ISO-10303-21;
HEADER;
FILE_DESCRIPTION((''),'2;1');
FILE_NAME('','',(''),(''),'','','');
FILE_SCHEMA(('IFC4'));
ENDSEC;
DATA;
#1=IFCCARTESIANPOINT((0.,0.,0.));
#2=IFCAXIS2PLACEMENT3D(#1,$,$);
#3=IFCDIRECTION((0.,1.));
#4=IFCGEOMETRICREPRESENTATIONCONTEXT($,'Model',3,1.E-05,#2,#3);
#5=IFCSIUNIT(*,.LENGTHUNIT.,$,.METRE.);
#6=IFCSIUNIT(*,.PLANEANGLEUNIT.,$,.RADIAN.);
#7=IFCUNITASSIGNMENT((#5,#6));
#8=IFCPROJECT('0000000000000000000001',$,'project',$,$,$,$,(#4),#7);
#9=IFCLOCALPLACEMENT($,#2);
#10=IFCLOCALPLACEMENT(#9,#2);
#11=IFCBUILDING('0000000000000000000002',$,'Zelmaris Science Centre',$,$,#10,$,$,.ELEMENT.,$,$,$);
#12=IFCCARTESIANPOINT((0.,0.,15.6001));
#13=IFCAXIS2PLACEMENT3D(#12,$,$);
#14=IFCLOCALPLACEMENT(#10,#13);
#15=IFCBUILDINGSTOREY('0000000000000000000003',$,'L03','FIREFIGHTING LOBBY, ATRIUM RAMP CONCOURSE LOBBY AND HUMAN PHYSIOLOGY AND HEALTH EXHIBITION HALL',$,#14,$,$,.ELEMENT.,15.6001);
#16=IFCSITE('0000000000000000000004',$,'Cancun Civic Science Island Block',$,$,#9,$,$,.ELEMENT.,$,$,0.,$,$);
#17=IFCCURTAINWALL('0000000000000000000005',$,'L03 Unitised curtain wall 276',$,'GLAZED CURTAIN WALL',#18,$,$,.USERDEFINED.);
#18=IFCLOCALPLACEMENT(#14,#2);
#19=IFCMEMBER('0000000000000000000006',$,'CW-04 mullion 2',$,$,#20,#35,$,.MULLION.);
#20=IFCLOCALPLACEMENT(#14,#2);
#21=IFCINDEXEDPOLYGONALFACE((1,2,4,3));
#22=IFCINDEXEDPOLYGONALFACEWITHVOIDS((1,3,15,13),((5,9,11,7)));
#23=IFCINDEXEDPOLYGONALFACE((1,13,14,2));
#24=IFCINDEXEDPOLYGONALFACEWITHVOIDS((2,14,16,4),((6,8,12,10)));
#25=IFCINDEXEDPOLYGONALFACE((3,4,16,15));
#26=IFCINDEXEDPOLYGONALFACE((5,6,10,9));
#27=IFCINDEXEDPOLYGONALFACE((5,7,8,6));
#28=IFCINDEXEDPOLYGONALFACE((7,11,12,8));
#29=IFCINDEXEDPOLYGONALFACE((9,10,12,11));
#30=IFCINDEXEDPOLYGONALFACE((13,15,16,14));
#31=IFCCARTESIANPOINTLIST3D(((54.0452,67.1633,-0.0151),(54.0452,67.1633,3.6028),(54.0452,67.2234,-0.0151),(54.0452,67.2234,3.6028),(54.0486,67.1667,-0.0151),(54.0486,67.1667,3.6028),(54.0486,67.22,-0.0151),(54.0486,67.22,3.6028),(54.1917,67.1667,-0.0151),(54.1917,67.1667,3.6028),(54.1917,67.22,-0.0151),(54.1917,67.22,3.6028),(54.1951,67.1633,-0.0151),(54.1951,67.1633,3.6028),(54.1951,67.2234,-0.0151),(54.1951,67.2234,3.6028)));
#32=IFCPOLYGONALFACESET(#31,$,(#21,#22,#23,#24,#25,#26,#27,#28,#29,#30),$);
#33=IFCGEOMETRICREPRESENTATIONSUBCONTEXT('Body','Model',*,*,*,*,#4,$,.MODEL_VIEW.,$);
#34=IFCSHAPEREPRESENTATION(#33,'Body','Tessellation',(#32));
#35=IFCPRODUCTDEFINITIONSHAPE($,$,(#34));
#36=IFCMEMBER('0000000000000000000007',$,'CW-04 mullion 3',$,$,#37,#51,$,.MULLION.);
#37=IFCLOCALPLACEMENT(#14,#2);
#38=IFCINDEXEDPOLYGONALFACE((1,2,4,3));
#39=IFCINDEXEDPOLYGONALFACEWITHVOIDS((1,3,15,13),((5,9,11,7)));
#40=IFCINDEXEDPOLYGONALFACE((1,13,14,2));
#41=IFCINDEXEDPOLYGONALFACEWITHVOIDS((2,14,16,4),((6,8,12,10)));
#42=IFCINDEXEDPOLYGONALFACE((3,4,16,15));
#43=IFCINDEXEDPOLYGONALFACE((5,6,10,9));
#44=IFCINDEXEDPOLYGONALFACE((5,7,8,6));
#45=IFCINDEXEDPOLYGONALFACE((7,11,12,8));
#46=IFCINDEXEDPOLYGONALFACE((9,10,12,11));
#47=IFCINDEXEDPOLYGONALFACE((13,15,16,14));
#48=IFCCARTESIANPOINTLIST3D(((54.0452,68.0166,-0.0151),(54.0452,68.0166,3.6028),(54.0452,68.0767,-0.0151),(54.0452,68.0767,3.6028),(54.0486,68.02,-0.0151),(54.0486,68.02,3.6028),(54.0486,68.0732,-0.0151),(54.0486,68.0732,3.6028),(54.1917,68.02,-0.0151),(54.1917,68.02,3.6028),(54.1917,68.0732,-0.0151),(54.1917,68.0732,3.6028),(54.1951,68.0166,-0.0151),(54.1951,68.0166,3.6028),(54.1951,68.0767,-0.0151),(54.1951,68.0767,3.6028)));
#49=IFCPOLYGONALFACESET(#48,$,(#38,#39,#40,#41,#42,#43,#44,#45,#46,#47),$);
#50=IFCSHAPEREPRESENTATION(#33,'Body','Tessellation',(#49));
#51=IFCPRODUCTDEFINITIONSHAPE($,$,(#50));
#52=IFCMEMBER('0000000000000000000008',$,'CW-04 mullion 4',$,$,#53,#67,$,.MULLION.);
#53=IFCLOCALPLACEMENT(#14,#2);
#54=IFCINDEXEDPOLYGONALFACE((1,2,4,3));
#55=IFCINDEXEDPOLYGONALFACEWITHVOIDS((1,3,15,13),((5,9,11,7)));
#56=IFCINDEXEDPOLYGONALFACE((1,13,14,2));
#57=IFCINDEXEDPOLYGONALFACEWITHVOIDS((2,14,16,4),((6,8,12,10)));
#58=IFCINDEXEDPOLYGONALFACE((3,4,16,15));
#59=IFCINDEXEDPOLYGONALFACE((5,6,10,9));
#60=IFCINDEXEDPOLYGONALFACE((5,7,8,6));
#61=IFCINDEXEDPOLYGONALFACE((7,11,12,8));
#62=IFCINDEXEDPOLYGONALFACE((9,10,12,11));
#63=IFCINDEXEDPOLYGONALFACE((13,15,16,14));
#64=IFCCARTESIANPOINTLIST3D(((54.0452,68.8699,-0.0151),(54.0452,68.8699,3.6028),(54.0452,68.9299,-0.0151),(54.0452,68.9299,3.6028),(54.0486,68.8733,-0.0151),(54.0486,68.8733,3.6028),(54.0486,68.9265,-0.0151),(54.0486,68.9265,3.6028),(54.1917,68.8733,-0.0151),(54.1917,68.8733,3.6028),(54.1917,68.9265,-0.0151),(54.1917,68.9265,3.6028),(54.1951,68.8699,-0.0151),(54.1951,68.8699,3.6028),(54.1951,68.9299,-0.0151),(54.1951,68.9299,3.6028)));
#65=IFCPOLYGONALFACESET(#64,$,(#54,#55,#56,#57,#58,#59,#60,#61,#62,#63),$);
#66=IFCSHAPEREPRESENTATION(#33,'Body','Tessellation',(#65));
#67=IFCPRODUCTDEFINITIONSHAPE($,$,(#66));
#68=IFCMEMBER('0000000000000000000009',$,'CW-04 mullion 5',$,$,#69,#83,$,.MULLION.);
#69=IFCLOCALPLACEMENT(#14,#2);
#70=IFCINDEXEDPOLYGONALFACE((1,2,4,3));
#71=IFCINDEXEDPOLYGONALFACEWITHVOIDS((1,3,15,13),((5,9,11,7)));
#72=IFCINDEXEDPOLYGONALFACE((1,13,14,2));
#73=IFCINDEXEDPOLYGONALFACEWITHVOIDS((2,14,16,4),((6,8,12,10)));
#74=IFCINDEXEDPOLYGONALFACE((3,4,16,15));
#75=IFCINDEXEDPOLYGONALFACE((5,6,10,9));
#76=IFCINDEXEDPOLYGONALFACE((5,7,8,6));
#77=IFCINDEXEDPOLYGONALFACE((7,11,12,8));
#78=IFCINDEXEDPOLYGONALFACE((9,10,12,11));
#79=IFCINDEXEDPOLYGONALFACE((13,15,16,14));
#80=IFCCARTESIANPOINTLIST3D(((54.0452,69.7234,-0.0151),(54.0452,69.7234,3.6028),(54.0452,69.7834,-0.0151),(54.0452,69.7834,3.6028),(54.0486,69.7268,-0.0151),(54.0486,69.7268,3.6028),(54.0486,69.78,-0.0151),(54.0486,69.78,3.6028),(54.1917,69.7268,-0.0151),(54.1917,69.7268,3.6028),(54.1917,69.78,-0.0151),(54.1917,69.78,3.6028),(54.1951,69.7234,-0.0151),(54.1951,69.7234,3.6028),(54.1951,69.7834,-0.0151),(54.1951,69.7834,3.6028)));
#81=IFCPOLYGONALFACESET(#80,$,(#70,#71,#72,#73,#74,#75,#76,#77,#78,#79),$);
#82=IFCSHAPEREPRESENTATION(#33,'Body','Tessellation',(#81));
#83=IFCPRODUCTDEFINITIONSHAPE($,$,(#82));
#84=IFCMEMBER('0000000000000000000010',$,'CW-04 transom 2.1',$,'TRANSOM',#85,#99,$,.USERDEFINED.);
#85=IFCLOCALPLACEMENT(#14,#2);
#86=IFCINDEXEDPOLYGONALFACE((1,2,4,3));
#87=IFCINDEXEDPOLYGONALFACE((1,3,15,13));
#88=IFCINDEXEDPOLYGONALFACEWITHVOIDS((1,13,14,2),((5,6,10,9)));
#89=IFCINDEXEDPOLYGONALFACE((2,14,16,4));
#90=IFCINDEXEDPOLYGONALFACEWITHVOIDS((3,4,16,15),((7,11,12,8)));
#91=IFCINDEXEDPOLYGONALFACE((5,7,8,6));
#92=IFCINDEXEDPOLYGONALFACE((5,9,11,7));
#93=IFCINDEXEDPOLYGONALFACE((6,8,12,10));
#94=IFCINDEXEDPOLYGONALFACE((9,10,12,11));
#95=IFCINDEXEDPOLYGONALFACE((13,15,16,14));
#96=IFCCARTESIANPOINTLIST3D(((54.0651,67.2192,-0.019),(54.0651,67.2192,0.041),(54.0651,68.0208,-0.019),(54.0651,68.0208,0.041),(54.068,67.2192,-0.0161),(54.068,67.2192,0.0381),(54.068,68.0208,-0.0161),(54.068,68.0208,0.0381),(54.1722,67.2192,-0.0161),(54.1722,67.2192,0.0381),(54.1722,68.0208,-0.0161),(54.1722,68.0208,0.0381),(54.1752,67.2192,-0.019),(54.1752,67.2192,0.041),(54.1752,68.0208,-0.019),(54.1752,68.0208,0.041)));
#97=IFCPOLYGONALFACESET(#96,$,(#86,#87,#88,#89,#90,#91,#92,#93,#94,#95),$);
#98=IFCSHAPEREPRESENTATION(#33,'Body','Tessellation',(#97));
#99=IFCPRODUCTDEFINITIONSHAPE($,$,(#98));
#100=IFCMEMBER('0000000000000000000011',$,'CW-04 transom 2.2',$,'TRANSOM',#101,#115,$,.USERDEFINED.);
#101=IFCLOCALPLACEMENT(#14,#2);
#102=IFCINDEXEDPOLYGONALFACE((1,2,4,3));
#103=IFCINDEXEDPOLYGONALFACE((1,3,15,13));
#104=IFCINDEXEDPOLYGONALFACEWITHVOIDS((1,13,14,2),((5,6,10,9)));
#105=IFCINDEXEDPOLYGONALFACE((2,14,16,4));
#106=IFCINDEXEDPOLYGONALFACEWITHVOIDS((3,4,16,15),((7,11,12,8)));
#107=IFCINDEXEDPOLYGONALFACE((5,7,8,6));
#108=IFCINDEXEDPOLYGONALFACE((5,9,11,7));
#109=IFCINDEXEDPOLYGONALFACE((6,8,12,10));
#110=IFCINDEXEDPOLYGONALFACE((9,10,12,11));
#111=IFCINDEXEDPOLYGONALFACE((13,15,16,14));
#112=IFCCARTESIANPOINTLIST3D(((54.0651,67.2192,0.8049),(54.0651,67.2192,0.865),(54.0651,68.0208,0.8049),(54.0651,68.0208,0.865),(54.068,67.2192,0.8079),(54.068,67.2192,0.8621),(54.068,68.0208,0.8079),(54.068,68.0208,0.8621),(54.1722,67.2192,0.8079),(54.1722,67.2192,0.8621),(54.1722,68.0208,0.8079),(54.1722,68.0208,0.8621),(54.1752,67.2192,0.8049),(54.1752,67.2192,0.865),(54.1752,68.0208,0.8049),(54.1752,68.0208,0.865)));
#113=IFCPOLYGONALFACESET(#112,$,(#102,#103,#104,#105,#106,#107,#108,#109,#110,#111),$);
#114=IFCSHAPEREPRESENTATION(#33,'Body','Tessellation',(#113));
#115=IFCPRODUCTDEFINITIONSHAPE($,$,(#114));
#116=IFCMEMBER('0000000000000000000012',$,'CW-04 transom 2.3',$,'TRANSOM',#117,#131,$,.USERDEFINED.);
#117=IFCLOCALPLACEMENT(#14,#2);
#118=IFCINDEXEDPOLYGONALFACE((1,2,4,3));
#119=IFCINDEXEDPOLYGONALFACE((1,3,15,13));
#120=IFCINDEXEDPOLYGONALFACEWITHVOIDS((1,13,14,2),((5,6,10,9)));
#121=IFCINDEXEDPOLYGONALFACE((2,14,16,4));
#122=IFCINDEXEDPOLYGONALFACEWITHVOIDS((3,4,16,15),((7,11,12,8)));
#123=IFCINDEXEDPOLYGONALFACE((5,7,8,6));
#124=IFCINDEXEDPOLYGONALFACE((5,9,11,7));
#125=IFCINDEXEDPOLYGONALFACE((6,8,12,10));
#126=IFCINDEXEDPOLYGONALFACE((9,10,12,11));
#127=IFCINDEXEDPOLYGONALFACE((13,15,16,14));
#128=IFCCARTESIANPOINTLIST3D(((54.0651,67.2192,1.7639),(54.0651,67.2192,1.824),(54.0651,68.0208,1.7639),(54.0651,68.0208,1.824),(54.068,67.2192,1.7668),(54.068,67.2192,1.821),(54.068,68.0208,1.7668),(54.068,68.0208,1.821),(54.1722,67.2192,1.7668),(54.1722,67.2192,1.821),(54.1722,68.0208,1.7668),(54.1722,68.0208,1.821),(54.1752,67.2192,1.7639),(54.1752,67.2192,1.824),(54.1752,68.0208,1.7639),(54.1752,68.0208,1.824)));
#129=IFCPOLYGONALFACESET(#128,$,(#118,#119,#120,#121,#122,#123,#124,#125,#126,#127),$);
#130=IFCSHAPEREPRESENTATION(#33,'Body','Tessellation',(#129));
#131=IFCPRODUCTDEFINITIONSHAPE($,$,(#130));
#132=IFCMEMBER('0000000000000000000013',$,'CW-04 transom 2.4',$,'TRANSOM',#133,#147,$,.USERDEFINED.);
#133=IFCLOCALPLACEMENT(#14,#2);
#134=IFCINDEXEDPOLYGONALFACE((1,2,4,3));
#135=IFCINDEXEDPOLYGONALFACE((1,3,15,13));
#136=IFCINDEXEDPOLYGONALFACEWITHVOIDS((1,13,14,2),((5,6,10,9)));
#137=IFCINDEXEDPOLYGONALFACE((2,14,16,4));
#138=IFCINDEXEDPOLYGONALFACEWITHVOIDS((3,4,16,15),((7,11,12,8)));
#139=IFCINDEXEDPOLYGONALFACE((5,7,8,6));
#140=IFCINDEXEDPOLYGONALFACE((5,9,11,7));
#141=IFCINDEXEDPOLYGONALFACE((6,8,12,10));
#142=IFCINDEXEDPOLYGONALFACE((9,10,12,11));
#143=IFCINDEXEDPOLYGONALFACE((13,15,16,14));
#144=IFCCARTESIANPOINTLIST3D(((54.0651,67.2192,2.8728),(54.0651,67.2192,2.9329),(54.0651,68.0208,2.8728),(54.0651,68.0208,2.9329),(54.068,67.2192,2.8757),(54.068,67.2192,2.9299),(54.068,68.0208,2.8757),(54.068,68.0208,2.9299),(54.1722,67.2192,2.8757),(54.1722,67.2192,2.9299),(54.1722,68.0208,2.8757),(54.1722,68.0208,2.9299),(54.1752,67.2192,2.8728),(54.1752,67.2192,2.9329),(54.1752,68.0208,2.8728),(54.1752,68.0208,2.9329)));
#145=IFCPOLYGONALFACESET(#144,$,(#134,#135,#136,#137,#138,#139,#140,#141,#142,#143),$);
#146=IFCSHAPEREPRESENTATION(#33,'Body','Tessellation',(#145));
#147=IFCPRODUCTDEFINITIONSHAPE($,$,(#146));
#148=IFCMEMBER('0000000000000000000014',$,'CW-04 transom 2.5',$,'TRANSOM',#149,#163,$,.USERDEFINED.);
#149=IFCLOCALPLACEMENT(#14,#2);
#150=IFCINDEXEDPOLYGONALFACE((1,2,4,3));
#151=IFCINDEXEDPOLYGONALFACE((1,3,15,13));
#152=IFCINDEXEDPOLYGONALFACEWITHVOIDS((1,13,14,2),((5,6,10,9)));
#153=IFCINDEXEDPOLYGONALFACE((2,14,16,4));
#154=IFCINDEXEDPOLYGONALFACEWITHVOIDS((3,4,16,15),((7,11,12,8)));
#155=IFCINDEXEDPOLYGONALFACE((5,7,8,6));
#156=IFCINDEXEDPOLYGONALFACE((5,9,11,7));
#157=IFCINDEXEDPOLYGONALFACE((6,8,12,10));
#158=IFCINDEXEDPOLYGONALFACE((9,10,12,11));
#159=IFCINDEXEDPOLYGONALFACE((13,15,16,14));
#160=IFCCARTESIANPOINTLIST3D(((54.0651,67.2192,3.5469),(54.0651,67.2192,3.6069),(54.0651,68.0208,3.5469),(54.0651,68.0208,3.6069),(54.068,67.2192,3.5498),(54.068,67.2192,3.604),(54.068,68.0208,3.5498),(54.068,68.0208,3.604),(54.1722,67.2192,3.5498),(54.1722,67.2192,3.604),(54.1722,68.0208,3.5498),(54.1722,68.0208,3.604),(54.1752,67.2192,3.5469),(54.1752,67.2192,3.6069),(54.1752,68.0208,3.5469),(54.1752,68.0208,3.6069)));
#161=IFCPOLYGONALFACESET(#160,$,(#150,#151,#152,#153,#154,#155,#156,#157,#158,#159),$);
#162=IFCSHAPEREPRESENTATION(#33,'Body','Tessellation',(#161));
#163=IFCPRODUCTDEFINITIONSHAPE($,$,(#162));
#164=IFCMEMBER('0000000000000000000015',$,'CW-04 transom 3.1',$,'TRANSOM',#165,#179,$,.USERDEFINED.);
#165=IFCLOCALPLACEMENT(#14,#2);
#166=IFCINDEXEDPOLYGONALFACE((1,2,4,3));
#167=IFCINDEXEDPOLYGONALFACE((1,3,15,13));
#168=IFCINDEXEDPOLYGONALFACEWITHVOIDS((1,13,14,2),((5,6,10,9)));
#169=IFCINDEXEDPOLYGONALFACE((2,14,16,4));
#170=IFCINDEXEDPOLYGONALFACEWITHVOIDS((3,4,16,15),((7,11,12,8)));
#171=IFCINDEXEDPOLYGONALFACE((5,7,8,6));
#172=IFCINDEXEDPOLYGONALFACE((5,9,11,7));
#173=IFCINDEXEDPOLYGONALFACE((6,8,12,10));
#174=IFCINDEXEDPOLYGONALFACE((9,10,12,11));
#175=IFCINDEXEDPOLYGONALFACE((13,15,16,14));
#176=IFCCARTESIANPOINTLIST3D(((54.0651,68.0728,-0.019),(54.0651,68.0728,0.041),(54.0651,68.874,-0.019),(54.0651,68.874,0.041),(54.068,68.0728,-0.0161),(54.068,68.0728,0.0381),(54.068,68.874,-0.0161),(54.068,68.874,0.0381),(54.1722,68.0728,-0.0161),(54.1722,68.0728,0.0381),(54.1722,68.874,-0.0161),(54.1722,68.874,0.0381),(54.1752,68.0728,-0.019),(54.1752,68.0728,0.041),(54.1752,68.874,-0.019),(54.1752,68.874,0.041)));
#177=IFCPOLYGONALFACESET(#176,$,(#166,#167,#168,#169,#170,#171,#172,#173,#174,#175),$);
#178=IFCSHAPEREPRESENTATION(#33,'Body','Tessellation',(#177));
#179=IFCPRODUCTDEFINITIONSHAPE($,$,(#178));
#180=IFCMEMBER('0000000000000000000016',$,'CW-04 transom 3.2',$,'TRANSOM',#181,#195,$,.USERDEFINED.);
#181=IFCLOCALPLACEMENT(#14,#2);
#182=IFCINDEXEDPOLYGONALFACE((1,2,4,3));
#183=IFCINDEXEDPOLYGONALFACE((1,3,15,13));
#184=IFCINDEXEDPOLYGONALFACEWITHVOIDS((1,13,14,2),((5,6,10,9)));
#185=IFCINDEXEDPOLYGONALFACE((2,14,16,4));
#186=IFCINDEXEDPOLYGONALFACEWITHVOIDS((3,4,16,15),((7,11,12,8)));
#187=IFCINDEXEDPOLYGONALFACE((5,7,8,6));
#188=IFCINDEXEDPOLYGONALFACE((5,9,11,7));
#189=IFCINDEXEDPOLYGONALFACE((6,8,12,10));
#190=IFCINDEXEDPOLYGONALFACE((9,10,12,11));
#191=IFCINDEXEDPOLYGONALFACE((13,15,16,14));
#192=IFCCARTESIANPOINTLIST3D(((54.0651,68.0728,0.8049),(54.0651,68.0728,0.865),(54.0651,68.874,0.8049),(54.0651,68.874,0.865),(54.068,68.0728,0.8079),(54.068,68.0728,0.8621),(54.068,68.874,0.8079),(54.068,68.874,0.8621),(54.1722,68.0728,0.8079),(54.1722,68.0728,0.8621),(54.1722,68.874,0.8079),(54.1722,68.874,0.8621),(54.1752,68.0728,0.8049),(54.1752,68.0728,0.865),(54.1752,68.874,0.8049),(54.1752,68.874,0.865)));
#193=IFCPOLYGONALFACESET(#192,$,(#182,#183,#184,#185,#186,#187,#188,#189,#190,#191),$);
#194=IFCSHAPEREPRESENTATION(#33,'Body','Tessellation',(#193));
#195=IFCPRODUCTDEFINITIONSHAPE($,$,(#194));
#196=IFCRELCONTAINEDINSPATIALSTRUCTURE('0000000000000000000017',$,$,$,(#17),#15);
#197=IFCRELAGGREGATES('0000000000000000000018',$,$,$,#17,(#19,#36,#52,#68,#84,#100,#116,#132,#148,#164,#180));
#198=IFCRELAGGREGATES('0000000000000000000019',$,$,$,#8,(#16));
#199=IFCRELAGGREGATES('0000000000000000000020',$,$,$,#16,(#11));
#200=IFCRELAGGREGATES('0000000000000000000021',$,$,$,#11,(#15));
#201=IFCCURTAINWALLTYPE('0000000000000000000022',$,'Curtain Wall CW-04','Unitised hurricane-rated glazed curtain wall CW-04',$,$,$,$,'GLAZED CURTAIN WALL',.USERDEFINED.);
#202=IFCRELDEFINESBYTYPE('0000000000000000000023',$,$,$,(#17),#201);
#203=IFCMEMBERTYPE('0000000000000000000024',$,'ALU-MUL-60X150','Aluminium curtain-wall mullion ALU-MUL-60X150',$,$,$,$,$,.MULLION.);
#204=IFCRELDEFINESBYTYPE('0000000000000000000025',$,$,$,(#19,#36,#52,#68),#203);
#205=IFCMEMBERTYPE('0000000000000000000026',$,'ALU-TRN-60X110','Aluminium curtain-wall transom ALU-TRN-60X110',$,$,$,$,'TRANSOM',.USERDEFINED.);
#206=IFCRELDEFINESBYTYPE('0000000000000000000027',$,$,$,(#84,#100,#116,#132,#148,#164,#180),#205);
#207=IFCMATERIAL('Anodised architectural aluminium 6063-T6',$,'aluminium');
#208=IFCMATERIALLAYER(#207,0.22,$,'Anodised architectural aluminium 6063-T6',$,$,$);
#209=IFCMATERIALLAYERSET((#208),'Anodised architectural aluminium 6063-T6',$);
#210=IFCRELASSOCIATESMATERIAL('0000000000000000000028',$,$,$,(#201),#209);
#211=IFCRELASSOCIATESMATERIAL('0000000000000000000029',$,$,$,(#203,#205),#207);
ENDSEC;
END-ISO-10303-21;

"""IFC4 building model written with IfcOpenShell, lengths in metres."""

from ifc_helpers import new_model, si_unit, direction, frame, origin, origin_2d, place, context, subcontext, project, spatial, hollow_rectangle, extrude, material, layer, layer_set, material_profile, profile_set, type_object, element, aggregate, save


model = new_model("IFC4")

# Units and contexts
model_context = context("Model", 3, precision=1e-05, world=origin(), true_north=direction((0.0, 1.0)))
body_context = subcontext(model_context, "Body", "Model", "MODEL_VIEW")
ifc_project = project(units=[si_unit("LENGTHUNIT", "METRE"), si_unit("PLANEANGLEUNIT", "RADIAN")], contexts=[model_context])

# Site, building, storey
site_placement = place(None, origin())
site = spatial("IfcSite", under=ifc_project, at=site_placement, Name="Cancun Civic Science Island Block", CompositionType="ELEMENT", RefElevation=0.0)
building_placement = place(site_placement, origin())
building = spatial("IfcBuilding", under=site, at=building_placement, Name="Zelmaris Science Centre", CompositionType="ELEMENT")
storey_placement = place(building_placement, frame((0.0, 0.0, 15.6001)))
storey = spatial("IfcBuildingStorey", under=building, at=storey_placement, Name="L03", Description="FIREFIGHTING LOBBY, ATRIUM RAMP CONCOURSE LOBBY AND HUMAN PHYSIOLOGY AND HEALTH EXHIBITION HALL", CompositionType="ELEMENT", Elevation=15.6001)

# Curtain wall, members
ifc_material_1 = material(Name="Anodised architectural aluminium 6063-T6", Category="aluminium")
ifc_layer_1 = layer(ifc_material_1, 0.22, Name="Anodised architectural aluminium 6063-T6")
ifc_layer_set_1 = layer_set([ifc_layer_1], Name="Anodised architectural aluminium 6063-T6")
curtain_wall_type = type_object("IfcCurtainWallType", Name="Curtain Wall CW-04", Description="Unitised hurricane-rated glazed curtain wall CW-04", ElementType="GLAZED CURTAIN WALL", PredefinedType="USERDEFINED", material=ifc_layer_set_1)
curtain_wall_placement = place(storey_placement, origin())
curtain_wall = element("IfcCurtainWall", 1, at=curtain_wall_placement, inside=storey, type_object=curtain_wall_type, Name="L03 Unitised curtain wall 276", ObjectType="GLAZED CURTAIN WALL", PredefinedType="USERDEFINED")
ifc_material_profile_1 = material_profile(ifc_material_1, hollow_rectangle(XDim=0.0601, YDim=0.1499, WallThickness=0.0034, at=origin_2d()), Name="ALU-MUL-60X150")
ifc_profile_set_1 = profile_set([ifc_material_profile_1], Name="Anodised architectural aluminium 6063-T6")
member_type_1 = type_object("IfcMemberType", Name="ALU-MUL-60X150", Description="Aluminium curtain-wall mullion ALU-MUL-60X150", PredefinedType="MULLION", material=ifc_profile_set_1)
member_1_placement = place(storey_placement, frame((54.1201, 67.1934, -0.0151), z_axis=(0.0, 0.0, 1.0), x_axis=(0.0, 1.0, 0.0)))
member_1 = element("IfcMember", 2, at=member_1_placement, type_object=member_type_1, Name="CW-04 mullion 2", PredefinedType="MULLION", context=body_context, shape_type="SweptSolid", body=[
    extrude(hollow_rectangle(XDim=0.0601, YDim=0.1499, WallThickness=0.0034, at=origin_2d()), origin(), (0.0, 0.0, 1.0), 3.6179),
])
member_2_placement = place(storey_placement, frame((54.1201, 68.0466, -0.0151), z_axis=(0.0, 0.0, 1.0), x_axis=(0.0, 1.0, 0.0)))
member_2 = element("IfcMember", 3, at=member_2_placement, type_object=member_type_1, Name="CW-04 mullion 3", PredefinedType="MULLION", context=body_context, shape_type="SweptSolid", body=[
    extrude(hollow_rectangle(XDim=0.0601, YDim=0.1499, WallThickness=0.0034, at=origin_2d()), origin(), (0.0, 0.0, 1.0), 3.6179),
])
member_3_placement = place(storey_placement, frame((54.1201, 68.8999, -0.0151), z_axis=(0.0, 0.0, 1.0), x_axis=(0.0, 1.0, 0.0)))
member_3 = element("IfcMember", 4, at=member_3_placement, type_object=member_type_1, Name="CW-04 mullion 4", PredefinedType="MULLION", context=body_context, shape_type="SweptSolid", body=[
    extrude(hollow_rectangle(XDim=0.0601, YDim=0.1499, WallThickness=0.0034, at=origin_2d()), origin(), (0.0, 0.0, 1.0), 3.6179),
])
member_4_placement = place(storey_placement, frame((54.1201, 69.7534, -0.0151), z_axis=(0.0, 0.0, 1.0), x_axis=(0.0, 1.0, 0.0)))
member_4 = element("IfcMember", 5, at=member_4_placement, type_object=member_type_1, Name="CW-04 mullion 5", PredefinedType="MULLION", context=body_context, shape_type="SweptSolid", body=[
    extrude(hollow_rectangle(XDim=0.0601, YDim=0.1499, WallThickness=0.0034, at=origin_2d()), origin(), (0.0, 0.0, 1.0), 3.6179),
])
ifc_material_profile_2 = material_profile(ifc_material_1, hollow_rectangle(XDim=0.0601, YDim=0.1101, WallThickness=0.0029, at=origin_2d()), Name="ALU-TRN-60X110")
ifc_profile_set_2 = profile_set([ifc_material_profile_2], Name="Anodised architectural aluminium 6063-T6")
member_type_2 = type_object("IfcMemberType", Name="ALU-TRN-60X110", Description="Aluminium curtain-wall transom ALU-TRN-60X110", ElementType="TRANSOM", PredefinedType="USERDEFINED", material=ifc_profile_set_2)
member_5_placement = place(storey_placement, frame((54.1201, 67.2192, 0.011), z_axis=(0.0, 1.0, 0.0), x_axis=(0.0, 0.0, 1.0)))
member_5 = element("IfcMember", 6, at=member_5_placement, type_object=member_type_2, Name="CW-04 transom 2.1", ObjectType="TRANSOM", PredefinedType="USERDEFINED", context=body_context, shape_type="SweptSolid", body=[
    extrude(hollow_rectangle(XDim=0.0601, YDim=0.1101, WallThickness=0.0029, at=origin_2d()), origin(), (0.0, 0.0, 1.0), 0.8015),
])
member_6_placement = place(storey_placement, frame((54.1201, 67.2192, 0.835), z_axis=(0.0, 1.0, 0.0), x_axis=(0.0, 0.0, 1.0)))
member_6 = element("IfcMember", 7, at=member_6_placement, type_object=member_type_2, Name="CW-04 transom 2.2", ObjectType="TRANSOM", PredefinedType="USERDEFINED", context=body_context, shape_type="SweptSolid", body=[
    extrude(hollow_rectangle(XDim=0.0601, YDim=0.1101, WallThickness=0.0029, at=origin_2d()), origin(), (0.0, 0.0, 1.0), 0.8015),
])
member_7_placement = place(storey_placement, frame((54.1201, 67.2192, 1.7939), z_axis=(0.0, 1.0, 0.0), x_axis=(0.0, 0.0, 1.0)))
member_7 = element("IfcMember", 8, at=member_7_placement, type_object=member_type_2, Name="CW-04 transom 2.3", ObjectType="TRANSOM", PredefinedType="USERDEFINED", context=body_context, shape_type="SweptSolid", body=[
    extrude(hollow_rectangle(XDim=0.0601, YDim=0.1101, WallThickness=0.0029, at=origin_2d()), origin(), (0.0, 0.0, 1.0), 0.8015),
])
member_8_placement = place(storey_placement, frame((54.1201, 67.2192, 2.9028), z_axis=(0.0, 1.0, 0.0), x_axis=(0.0, 0.0, 1.0)))
member_8 = element("IfcMember", 9, at=member_8_placement, type_object=member_type_2, Name="CW-04 transom 2.4", ObjectType="TRANSOM", PredefinedType="USERDEFINED", context=body_context, shape_type="SweptSolid", body=[
    extrude(hollow_rectangle(XDim=0.0601, YDim=0.1101, WallThickness=0.0029, at=origin_2d()), origin(), (0.0, 0.0, 1.0), 0.8015),
])
member_9_placement = place(storey_placement, frame((54.1201, 67.2192, 3.5769), z_axis=(0.0, 1.0, 0.0), x_axis=(0.0, 0.0, 1.0)))
member_9 = element("IfcMember", 10, at=member_9_placement, type_object=member_type_2, Name="CW-04 transom 2.5", ObjectType="TRANSOM", PredefinedType="USERDEFINED", context=body_context, shape_type="SweptSolid", body=[
    extrude(hollow_rectangle(XDim=0.0601, YDim=0.1101, WallThickness=0.0029, at=origin_2d()), origin(), (0.0, 0.0, 1.0), 0.8015),
])
member_10_placement = place(storey_placement, frame((54.1201, 68.0728, 0.011), z_axis=(0.0, 1.0, 0.0), x_axis=(0.0, 0.0, 1.0)))
member_10 = element("IfcMember", 11, at=member_10_placement, type_object=member_type_2, Name="CW-04 transom 3.1", ObjectType="TRANSOM", PredefinedType="USERDEFINED", context=body_context, shape_type="SweptSolid", body=[
    extrude(hollow_rectangle(XDim=0.0601, YDim=0.1101, WallThickness=0.0029, at=origin_2d()), origin(), (0.0, 0.0, 1.0), 0.8013),
])
member_11_placement = place(storey_placement, frame((54.1201, 68.0728, 0.835), z_axis=(0.0, 1.0, 0.0), x_axis=(0.0, 0.0, 1.0)))
member_11 = element("IfcMember", 12, at=member_11_placement, type_object=member_type_2, Name="CW-04 transom 3.2", ObjectType="TRANSOM", PredefinedType="USERDEFINED", context=body_context, shape_type="SweptSolid", body=[
    extrude(hollow_rectangle(XDim=0.0601, YDim=0.1101, WallThickness=0.0029, at=origin_2d()), origin(), (0.0, 0.0, 1.0), 0.8013),
])

aggregate(curtain_wall, [member_1, member_2, member_3, member_4, member_5, member_6, member_7, member_8, member_9, member_10, member_11])

save(model, "model.ifc")
